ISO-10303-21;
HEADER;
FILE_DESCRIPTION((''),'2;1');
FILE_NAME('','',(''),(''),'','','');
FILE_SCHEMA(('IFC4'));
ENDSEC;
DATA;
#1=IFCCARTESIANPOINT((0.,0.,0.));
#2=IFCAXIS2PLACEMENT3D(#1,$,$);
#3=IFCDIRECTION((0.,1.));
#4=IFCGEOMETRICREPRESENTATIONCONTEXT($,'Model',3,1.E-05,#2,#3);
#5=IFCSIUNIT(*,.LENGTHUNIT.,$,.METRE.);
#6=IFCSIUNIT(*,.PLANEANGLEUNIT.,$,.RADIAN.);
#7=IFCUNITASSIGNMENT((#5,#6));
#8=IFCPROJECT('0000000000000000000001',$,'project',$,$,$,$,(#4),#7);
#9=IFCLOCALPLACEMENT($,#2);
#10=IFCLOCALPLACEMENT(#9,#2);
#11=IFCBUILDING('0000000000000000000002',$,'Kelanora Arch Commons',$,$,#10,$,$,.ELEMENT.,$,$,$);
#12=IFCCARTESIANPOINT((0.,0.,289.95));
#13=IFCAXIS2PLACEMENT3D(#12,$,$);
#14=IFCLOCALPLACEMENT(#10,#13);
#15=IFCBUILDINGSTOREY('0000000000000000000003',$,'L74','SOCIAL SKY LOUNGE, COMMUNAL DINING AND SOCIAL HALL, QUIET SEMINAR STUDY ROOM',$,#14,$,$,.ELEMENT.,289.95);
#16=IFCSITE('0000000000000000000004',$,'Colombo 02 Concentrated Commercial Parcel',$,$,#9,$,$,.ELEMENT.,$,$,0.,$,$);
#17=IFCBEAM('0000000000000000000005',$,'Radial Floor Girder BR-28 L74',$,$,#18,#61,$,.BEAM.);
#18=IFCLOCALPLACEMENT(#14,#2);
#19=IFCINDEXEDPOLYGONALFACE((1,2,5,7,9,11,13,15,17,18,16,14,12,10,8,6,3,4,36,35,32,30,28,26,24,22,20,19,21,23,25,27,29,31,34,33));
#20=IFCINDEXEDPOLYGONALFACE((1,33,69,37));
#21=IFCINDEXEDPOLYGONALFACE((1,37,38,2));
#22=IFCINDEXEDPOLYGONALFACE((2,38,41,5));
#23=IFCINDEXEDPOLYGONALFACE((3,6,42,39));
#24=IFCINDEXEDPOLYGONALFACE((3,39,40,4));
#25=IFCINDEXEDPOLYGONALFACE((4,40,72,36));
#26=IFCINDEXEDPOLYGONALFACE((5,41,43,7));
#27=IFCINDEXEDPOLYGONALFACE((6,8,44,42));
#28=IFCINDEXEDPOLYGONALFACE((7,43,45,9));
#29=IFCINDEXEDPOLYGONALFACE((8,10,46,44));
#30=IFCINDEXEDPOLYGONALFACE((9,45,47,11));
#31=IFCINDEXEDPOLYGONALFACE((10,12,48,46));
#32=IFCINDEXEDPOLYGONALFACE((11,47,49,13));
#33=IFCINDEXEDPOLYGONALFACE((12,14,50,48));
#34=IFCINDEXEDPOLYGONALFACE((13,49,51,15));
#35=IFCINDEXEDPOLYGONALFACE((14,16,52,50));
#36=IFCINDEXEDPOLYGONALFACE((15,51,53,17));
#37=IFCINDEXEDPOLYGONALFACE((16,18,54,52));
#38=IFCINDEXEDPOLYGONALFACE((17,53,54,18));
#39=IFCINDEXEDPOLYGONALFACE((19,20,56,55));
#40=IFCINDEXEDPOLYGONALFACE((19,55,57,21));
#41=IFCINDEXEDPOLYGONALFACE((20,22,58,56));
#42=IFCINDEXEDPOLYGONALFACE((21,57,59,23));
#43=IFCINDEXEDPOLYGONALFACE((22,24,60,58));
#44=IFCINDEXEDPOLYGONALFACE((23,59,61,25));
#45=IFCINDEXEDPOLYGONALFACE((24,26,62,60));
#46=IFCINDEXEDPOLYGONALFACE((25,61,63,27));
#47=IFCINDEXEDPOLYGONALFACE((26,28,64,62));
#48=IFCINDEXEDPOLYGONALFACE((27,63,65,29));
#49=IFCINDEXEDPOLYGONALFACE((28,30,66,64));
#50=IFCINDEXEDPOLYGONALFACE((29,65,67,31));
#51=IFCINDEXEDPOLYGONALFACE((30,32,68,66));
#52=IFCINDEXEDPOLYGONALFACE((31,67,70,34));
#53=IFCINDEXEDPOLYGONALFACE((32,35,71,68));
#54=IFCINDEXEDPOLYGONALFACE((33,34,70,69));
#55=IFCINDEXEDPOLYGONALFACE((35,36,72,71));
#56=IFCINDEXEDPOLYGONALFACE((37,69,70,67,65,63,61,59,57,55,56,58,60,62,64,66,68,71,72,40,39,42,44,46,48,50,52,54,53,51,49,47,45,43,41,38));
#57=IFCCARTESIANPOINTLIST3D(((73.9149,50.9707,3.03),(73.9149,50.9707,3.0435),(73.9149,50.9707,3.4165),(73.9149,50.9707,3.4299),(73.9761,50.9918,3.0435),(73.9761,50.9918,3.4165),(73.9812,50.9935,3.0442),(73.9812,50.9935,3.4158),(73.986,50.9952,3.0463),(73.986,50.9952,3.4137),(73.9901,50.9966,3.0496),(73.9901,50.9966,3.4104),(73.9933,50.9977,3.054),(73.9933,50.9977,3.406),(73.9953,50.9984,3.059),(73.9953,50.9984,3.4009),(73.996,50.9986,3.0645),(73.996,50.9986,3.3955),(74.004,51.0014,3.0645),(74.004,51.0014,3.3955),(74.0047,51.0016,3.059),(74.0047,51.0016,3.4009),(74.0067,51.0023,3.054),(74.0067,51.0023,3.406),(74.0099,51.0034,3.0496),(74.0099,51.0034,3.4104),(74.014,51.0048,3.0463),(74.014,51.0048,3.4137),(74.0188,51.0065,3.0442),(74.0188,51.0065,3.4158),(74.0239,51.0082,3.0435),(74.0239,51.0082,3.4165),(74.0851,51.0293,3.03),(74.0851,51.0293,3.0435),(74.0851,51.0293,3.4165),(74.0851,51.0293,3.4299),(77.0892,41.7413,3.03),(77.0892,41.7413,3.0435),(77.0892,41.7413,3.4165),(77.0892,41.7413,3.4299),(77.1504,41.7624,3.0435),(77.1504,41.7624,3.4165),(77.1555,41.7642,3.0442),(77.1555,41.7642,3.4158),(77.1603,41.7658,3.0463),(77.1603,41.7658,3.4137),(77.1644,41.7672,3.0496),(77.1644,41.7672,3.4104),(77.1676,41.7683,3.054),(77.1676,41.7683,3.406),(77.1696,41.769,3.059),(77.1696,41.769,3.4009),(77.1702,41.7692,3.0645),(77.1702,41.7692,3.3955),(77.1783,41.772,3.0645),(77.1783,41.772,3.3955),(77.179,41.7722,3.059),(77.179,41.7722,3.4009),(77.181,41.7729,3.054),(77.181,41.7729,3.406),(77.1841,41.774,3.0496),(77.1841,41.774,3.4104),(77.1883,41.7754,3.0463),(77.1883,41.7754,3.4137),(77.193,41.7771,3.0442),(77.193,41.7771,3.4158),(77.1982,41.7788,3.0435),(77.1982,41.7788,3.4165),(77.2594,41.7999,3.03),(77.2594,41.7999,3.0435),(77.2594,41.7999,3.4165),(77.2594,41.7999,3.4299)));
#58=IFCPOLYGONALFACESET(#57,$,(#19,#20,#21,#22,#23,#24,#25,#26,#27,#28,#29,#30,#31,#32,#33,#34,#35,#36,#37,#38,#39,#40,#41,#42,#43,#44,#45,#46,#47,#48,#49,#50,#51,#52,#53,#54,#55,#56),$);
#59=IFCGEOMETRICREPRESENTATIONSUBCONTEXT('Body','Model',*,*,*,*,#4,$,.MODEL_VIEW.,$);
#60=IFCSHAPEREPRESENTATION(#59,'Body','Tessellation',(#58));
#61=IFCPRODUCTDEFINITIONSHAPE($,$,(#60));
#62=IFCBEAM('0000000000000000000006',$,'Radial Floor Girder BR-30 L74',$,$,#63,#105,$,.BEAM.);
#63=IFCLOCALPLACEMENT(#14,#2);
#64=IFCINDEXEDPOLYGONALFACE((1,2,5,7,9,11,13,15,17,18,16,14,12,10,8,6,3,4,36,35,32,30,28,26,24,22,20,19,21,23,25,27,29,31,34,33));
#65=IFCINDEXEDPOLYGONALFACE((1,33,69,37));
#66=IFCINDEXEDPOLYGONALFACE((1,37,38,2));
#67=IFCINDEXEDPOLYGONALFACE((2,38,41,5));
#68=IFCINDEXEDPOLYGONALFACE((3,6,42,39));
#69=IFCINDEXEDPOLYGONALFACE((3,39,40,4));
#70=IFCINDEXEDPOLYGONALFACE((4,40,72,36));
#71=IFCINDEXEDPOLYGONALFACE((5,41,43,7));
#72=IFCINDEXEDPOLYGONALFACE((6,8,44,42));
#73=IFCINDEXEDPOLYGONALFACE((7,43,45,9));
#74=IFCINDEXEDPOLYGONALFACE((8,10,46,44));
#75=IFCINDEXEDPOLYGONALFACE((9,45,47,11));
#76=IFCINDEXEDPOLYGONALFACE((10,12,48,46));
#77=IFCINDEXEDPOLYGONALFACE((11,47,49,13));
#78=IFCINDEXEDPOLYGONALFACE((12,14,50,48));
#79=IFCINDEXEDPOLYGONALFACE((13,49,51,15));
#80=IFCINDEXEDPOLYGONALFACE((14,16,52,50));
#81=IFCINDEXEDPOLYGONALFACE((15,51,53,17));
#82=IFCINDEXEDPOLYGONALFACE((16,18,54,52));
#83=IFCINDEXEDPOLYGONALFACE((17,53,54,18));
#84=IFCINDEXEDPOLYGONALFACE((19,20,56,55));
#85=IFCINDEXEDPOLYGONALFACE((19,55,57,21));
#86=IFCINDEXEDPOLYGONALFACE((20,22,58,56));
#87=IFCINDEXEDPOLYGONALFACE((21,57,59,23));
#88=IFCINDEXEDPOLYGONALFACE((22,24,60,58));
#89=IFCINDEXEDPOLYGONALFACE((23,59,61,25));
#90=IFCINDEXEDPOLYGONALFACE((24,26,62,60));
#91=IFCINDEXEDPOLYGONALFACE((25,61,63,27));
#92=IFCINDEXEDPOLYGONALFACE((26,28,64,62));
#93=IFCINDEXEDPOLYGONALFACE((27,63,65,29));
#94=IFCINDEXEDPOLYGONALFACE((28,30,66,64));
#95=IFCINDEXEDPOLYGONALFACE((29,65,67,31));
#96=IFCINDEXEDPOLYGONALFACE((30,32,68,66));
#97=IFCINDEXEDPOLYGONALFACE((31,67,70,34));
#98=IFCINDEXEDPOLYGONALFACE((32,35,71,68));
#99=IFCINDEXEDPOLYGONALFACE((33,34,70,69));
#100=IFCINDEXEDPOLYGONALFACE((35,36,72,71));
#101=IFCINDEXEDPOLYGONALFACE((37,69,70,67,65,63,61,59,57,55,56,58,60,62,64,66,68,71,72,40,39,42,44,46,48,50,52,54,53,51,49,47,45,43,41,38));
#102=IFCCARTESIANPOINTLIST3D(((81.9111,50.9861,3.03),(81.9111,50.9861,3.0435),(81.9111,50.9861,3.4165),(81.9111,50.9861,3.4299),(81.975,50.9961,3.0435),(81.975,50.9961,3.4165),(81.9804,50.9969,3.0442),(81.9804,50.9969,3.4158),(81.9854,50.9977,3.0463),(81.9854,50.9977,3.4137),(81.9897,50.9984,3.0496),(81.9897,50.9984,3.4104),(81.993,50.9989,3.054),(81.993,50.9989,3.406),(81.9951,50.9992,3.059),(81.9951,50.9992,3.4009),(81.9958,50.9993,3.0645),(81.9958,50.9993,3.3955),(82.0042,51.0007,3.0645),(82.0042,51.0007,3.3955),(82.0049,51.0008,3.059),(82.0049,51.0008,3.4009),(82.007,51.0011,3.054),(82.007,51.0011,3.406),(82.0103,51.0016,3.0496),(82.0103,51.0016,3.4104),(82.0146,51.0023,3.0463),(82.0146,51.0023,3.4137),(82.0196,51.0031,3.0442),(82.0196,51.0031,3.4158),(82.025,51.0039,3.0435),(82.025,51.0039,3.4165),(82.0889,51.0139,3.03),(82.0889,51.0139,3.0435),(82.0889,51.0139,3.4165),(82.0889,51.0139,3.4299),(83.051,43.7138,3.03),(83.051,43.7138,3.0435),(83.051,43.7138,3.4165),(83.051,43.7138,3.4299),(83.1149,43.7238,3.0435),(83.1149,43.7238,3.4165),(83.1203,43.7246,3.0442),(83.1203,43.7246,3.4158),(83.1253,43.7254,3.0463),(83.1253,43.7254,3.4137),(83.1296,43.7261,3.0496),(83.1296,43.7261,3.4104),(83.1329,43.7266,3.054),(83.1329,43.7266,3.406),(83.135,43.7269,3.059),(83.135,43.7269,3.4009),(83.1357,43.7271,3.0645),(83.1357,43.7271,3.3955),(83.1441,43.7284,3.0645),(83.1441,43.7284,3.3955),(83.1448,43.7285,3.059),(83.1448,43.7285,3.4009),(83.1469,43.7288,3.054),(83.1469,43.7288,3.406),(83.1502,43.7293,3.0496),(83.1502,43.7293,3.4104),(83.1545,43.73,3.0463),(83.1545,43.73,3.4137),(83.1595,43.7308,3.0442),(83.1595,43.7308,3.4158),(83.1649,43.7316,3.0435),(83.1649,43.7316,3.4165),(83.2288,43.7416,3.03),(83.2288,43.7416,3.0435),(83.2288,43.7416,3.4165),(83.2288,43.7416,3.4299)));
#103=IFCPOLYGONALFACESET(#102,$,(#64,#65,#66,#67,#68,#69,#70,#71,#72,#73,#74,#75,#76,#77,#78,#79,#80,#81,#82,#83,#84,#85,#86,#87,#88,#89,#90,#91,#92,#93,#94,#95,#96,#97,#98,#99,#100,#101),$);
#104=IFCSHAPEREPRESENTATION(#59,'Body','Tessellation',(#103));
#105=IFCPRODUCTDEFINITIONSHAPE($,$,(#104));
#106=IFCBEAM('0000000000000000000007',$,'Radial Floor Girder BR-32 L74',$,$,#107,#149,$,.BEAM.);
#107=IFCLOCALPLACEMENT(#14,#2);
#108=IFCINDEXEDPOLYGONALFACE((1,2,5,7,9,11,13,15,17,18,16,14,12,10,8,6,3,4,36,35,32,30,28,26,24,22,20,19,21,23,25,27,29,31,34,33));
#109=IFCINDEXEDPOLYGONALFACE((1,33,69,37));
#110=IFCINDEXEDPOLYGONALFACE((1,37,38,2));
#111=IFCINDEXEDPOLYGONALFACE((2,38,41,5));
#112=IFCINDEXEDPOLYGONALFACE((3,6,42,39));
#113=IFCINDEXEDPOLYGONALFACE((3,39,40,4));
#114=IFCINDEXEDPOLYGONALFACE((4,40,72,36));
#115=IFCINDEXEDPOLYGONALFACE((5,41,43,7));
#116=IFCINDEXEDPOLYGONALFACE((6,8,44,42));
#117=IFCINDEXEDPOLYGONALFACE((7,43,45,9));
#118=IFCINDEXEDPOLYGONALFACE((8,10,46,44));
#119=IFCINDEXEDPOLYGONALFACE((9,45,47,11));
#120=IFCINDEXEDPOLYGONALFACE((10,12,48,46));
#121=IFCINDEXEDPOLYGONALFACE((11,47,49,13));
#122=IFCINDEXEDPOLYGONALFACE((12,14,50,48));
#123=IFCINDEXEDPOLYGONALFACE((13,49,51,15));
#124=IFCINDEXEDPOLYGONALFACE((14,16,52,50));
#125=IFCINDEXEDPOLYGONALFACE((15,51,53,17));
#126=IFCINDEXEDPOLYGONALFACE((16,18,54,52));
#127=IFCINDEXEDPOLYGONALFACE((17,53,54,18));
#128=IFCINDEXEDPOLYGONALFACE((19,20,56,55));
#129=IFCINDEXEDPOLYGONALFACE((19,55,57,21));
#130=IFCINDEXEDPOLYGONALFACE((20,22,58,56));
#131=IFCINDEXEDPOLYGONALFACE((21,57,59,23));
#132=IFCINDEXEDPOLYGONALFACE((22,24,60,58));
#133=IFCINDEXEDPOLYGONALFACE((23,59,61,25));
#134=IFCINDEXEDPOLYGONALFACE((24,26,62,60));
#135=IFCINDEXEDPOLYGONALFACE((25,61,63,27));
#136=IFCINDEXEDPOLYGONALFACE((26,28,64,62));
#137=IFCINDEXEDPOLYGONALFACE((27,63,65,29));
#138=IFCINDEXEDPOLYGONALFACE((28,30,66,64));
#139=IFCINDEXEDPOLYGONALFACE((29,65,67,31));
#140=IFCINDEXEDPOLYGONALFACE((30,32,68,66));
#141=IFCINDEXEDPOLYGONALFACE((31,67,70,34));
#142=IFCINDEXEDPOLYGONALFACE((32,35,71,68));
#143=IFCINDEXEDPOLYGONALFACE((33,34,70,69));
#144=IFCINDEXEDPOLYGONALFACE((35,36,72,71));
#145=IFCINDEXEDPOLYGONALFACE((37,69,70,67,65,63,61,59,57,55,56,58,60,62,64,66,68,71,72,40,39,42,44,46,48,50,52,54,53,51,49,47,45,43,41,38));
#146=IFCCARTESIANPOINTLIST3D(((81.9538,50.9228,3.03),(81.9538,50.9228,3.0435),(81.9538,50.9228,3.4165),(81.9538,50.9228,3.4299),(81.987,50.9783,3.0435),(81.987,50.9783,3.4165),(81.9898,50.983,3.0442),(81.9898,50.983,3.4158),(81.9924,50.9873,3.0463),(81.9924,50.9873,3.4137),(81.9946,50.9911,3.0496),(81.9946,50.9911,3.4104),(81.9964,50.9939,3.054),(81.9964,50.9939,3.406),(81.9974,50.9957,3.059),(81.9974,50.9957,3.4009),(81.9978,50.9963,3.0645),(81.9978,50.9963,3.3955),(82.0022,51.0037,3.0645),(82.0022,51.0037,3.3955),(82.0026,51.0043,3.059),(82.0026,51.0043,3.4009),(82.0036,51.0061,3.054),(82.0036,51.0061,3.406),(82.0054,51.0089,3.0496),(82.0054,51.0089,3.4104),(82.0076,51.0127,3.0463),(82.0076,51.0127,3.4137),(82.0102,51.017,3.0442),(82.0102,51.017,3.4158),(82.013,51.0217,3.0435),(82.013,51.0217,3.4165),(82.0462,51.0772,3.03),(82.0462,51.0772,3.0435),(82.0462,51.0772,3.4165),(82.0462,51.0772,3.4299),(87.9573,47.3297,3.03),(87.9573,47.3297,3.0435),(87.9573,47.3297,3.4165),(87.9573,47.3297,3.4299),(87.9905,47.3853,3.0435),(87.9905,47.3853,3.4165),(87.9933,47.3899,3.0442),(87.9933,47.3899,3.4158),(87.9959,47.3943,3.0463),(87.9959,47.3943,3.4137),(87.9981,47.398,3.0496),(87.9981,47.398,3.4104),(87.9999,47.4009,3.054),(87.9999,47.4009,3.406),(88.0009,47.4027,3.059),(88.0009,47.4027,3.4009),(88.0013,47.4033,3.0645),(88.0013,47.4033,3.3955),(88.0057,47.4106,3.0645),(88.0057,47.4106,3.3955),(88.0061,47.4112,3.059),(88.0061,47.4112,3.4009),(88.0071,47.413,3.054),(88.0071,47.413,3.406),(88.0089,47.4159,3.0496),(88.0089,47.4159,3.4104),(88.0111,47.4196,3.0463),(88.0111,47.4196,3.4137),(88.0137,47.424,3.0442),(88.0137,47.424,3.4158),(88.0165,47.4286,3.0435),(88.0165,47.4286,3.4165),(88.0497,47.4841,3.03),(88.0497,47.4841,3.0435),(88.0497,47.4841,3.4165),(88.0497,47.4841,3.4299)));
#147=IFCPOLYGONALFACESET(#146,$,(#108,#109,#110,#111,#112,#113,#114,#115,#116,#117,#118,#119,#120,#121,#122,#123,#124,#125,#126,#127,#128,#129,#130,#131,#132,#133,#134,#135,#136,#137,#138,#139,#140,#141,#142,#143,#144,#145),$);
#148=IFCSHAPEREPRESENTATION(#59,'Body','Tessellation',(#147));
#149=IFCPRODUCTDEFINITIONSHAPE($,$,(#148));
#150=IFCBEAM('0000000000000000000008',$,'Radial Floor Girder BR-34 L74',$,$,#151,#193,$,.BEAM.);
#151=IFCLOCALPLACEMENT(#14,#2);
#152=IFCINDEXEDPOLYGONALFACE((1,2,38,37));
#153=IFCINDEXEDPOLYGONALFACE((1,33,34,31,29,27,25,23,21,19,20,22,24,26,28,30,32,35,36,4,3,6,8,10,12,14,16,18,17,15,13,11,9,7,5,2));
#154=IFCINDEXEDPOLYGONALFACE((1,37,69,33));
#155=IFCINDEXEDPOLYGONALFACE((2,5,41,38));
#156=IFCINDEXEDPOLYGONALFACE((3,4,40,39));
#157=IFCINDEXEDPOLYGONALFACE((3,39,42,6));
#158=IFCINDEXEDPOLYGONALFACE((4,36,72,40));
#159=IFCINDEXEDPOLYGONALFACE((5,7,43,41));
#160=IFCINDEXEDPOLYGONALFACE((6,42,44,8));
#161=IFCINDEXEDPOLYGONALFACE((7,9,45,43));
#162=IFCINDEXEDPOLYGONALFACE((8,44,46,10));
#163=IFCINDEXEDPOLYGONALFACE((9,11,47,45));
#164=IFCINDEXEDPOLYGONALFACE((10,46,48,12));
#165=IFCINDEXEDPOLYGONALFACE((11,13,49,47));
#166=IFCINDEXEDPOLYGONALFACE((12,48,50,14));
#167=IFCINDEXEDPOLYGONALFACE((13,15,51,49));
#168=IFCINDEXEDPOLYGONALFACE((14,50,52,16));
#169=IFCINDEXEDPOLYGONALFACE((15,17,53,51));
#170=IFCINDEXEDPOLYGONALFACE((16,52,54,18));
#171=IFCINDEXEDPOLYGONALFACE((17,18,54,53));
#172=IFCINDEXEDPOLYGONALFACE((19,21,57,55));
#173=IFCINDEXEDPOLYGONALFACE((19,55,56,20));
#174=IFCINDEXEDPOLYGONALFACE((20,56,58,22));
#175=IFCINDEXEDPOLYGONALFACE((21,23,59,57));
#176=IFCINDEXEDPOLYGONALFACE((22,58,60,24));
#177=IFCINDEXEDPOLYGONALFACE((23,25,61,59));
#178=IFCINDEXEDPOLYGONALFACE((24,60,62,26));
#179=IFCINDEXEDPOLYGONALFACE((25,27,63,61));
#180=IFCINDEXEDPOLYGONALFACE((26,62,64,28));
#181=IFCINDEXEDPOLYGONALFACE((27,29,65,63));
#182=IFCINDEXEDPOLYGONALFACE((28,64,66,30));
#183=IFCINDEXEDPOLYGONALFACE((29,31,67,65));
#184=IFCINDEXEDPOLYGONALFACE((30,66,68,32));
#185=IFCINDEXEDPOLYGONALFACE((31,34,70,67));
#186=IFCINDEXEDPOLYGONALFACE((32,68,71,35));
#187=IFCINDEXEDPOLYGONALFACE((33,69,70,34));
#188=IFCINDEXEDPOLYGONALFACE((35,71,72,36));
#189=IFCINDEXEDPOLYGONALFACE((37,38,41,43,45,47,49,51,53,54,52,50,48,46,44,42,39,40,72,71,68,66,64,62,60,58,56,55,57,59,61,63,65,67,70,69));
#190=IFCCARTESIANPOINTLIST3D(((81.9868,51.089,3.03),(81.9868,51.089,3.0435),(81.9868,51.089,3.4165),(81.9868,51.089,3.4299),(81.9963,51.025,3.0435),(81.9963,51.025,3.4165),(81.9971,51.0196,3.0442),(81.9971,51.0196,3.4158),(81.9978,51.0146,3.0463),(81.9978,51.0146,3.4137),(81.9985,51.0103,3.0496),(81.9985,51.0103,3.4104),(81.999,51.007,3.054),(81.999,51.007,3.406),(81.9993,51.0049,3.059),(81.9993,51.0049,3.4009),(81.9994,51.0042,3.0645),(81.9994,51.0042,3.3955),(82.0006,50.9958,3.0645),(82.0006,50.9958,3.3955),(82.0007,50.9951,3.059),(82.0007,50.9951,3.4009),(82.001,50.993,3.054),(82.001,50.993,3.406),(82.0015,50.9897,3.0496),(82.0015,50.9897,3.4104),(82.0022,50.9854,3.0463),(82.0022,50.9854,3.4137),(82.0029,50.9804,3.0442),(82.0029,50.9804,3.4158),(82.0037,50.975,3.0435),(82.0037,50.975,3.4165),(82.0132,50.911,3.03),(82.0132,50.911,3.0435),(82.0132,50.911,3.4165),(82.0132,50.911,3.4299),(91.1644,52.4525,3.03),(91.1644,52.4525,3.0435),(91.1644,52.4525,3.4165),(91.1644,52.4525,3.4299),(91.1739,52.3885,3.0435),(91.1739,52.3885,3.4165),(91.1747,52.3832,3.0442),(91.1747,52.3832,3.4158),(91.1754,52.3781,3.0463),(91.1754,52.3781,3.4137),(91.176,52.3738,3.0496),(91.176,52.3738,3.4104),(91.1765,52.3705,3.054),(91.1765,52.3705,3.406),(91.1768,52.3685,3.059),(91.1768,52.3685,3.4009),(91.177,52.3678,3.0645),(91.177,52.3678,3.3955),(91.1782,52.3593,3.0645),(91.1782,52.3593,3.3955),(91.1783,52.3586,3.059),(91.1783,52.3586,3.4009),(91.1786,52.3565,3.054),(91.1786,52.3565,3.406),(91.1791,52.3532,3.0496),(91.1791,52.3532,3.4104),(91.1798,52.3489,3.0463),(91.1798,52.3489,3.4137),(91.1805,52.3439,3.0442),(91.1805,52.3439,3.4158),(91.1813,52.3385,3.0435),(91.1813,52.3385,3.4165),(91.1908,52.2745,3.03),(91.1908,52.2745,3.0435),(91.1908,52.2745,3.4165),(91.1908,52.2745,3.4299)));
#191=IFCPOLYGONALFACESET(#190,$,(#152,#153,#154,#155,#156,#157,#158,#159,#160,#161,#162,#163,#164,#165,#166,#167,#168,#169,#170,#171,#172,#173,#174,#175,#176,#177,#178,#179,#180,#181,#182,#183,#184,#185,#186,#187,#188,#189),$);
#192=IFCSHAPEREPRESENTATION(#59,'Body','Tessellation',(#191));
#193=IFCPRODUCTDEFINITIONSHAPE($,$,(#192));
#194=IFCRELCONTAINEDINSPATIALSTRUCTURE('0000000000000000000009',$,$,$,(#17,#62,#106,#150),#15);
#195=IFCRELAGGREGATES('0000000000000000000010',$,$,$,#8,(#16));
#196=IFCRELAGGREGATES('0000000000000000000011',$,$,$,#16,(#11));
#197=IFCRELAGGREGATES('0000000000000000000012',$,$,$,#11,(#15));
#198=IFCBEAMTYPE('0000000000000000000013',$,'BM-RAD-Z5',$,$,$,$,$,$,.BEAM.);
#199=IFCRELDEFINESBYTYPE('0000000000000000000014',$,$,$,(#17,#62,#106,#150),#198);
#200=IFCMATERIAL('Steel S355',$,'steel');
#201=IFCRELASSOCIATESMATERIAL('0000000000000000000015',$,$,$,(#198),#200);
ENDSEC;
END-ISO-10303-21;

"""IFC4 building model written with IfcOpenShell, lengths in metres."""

from ifc_helpers import new_model, si_unit, direction, frame, origin, origin_2d, place, context, subcontext, project, spatial, i_section, extrude, material, material_profile, profile_set, type_object, element, save


model = new_model("IFC4")

# Units and contexts
model_context = context("Model", 3, precision=1e-05, world=origin(), true_north=direction((0.0, 1.0)))
body_context = subcontext(model_context, "Body", "Model", "MODEL_VIEW")
ifc_project = project(units=[si_unit("LENGTHUNIT", "METRE"), si_unit("PLANEANGLEUNIT", "RADIAN")], contexts=[model_context])

# Site, building, storey
site_placement = place(None, origin())
site = spatial("IfcSite", under=ifc_project, at=site_placement, Name="Colombo 02 Concentrated Commercial Parcel", CompositionType="ELEMENT", RefElevation=0.0)
building_placement = place(site_placement, origin())
building = spatial("IfcBuilding", under=site, at=building_placement, Name="Kelanora Arch Commons", CompositionType="ELEMENT")
storey_placement = place(building_placement, frame((0.0, 0.0, 289.95)))
storey = spatial("IfcBuildingStorey", under=building, at=storey_placement, Name="L74", Description="SOCIAL SKY LOUNGE, COMMUNAL DINING AND SOCIAL HALL, QUIET SEMINAR STUDY ROOM", CompositionType="ELEMENT", Elevation=289.95)

# Beams
ifc_material_1 = material(Name="Steel S355", Category="steel")
ifc_material_profile_1 = material_profile(ifc_material_1, i_section(OverallWidth=0.1799, OverallDepth=0.3999, WebThickness=0.0085, FlangeThickness=0.0134, FilletRadius=0.021, at=origin_2d()), Name="IPE400")
ifc_profile_set_1 = profile_set([ifc_material_profile_1], Name="Steel S355")
beam_type_1 = type_object("IfcBeamType", Name="BM-RAD-Z5", PredefinedType="BEAM", material=ifc_profile_set_1)
for number, where, z_axis, x_axis, name in (
    (1, (74.0, 51.0, 3.23), (0.325234, -0.945634, 0.0), (0.945634, 0.325234, 0.0), "Radial Floor Girder BR-28 L74"),
):
    element("IfcBeam", number, at=place(storey_placement, frame(where, z_axis=z_axis, x_axis=x_axis)), inside=storey, type_object=beam_type_1, Name=name, PredefinedType="BEAM", context=body_context, shape_type="SweptSolid", body=[
        extrude(i_section(OverallWidth=0.1799, OverallDepth=0.3999, WebThickness=0.0085, FlangeThickness=0.0134, FilletRadius=0.021, at=origin_2d()), origin(), (0.0, 0.0, 1.0), 9.76),
    ])
beam_1_placement = place(storey_placement, frame((82.0, 51.0, 3.23), z_axis=(0.154855, -0.987937, 0.0), x_axis=(0.987937, 0.154855, 0.0)))
element("IfcBeam", 2, at=beam_1_placement, inside=storey, type_object=beam_type_1, Name="Radial Floor Girder BR-30 L74", PredefinedType="BEAM", context=body_context, shape_type="SweptSolid", body=[
    extrude(i_section(OverallWidth=0.1799, OverallDepth=0.3999, WebThickness=0.0085, FlangeThickness=0.0134, FilletRadius=0.021, at=origin_2d()), origin(), (0.0, 0.0, 1.0), 7.3611),
])
beam_2_placement = place(storey_placement, frame((82.0, 51.0, 3.23), z_axis=(0.858062, -0.513546, 0.0), x_axis=(0.513546, 0.858062, 0.0)))
element("IfcBeam", 3, at=beam_2_placement, inside=storey, type_object=beam_type_1, Name="Radial Floor Girder BR-32 L74", PredefinedType="BEAM", context=body_context, shape_type="SweptSolid", body=[
    extrude(i_section(OverallWidth=0.1799, OverallDepth=0.3999, WebThickness=0.0085, FlangeThickness=0.0134, FilletRadius=0.021, at=origin_2d()), origin(), (0.0, 0.0, 1.0), 6.9966),
])
beam_3_placement = place(storey_placement, frame((82.0, 51.0, 3.23), z_axis=(0.989142, 0.14696, 0.0), x_axis=(-0.14696, 0.989142, 0.0)))
element("IfcBeam", 4, at=beam_3_placement, inside=storey, type_object=beam_type_1, Name="Radial Floor Girder BR-34 L74", PredefinedType="BEAM", context=body_context, shape_type="SweptSolid", body=[
    extrude(i_section(OverallWidth=0.1799, OverallDepth=0.3999, WebThickness=0.0085, FlangeThickness=0.0134, FilletRadius=0.021, at=origin_2d()), origin(), (0.0, 0.0, 1.0), 9.2783),
])

save(model, "model.ifc")
